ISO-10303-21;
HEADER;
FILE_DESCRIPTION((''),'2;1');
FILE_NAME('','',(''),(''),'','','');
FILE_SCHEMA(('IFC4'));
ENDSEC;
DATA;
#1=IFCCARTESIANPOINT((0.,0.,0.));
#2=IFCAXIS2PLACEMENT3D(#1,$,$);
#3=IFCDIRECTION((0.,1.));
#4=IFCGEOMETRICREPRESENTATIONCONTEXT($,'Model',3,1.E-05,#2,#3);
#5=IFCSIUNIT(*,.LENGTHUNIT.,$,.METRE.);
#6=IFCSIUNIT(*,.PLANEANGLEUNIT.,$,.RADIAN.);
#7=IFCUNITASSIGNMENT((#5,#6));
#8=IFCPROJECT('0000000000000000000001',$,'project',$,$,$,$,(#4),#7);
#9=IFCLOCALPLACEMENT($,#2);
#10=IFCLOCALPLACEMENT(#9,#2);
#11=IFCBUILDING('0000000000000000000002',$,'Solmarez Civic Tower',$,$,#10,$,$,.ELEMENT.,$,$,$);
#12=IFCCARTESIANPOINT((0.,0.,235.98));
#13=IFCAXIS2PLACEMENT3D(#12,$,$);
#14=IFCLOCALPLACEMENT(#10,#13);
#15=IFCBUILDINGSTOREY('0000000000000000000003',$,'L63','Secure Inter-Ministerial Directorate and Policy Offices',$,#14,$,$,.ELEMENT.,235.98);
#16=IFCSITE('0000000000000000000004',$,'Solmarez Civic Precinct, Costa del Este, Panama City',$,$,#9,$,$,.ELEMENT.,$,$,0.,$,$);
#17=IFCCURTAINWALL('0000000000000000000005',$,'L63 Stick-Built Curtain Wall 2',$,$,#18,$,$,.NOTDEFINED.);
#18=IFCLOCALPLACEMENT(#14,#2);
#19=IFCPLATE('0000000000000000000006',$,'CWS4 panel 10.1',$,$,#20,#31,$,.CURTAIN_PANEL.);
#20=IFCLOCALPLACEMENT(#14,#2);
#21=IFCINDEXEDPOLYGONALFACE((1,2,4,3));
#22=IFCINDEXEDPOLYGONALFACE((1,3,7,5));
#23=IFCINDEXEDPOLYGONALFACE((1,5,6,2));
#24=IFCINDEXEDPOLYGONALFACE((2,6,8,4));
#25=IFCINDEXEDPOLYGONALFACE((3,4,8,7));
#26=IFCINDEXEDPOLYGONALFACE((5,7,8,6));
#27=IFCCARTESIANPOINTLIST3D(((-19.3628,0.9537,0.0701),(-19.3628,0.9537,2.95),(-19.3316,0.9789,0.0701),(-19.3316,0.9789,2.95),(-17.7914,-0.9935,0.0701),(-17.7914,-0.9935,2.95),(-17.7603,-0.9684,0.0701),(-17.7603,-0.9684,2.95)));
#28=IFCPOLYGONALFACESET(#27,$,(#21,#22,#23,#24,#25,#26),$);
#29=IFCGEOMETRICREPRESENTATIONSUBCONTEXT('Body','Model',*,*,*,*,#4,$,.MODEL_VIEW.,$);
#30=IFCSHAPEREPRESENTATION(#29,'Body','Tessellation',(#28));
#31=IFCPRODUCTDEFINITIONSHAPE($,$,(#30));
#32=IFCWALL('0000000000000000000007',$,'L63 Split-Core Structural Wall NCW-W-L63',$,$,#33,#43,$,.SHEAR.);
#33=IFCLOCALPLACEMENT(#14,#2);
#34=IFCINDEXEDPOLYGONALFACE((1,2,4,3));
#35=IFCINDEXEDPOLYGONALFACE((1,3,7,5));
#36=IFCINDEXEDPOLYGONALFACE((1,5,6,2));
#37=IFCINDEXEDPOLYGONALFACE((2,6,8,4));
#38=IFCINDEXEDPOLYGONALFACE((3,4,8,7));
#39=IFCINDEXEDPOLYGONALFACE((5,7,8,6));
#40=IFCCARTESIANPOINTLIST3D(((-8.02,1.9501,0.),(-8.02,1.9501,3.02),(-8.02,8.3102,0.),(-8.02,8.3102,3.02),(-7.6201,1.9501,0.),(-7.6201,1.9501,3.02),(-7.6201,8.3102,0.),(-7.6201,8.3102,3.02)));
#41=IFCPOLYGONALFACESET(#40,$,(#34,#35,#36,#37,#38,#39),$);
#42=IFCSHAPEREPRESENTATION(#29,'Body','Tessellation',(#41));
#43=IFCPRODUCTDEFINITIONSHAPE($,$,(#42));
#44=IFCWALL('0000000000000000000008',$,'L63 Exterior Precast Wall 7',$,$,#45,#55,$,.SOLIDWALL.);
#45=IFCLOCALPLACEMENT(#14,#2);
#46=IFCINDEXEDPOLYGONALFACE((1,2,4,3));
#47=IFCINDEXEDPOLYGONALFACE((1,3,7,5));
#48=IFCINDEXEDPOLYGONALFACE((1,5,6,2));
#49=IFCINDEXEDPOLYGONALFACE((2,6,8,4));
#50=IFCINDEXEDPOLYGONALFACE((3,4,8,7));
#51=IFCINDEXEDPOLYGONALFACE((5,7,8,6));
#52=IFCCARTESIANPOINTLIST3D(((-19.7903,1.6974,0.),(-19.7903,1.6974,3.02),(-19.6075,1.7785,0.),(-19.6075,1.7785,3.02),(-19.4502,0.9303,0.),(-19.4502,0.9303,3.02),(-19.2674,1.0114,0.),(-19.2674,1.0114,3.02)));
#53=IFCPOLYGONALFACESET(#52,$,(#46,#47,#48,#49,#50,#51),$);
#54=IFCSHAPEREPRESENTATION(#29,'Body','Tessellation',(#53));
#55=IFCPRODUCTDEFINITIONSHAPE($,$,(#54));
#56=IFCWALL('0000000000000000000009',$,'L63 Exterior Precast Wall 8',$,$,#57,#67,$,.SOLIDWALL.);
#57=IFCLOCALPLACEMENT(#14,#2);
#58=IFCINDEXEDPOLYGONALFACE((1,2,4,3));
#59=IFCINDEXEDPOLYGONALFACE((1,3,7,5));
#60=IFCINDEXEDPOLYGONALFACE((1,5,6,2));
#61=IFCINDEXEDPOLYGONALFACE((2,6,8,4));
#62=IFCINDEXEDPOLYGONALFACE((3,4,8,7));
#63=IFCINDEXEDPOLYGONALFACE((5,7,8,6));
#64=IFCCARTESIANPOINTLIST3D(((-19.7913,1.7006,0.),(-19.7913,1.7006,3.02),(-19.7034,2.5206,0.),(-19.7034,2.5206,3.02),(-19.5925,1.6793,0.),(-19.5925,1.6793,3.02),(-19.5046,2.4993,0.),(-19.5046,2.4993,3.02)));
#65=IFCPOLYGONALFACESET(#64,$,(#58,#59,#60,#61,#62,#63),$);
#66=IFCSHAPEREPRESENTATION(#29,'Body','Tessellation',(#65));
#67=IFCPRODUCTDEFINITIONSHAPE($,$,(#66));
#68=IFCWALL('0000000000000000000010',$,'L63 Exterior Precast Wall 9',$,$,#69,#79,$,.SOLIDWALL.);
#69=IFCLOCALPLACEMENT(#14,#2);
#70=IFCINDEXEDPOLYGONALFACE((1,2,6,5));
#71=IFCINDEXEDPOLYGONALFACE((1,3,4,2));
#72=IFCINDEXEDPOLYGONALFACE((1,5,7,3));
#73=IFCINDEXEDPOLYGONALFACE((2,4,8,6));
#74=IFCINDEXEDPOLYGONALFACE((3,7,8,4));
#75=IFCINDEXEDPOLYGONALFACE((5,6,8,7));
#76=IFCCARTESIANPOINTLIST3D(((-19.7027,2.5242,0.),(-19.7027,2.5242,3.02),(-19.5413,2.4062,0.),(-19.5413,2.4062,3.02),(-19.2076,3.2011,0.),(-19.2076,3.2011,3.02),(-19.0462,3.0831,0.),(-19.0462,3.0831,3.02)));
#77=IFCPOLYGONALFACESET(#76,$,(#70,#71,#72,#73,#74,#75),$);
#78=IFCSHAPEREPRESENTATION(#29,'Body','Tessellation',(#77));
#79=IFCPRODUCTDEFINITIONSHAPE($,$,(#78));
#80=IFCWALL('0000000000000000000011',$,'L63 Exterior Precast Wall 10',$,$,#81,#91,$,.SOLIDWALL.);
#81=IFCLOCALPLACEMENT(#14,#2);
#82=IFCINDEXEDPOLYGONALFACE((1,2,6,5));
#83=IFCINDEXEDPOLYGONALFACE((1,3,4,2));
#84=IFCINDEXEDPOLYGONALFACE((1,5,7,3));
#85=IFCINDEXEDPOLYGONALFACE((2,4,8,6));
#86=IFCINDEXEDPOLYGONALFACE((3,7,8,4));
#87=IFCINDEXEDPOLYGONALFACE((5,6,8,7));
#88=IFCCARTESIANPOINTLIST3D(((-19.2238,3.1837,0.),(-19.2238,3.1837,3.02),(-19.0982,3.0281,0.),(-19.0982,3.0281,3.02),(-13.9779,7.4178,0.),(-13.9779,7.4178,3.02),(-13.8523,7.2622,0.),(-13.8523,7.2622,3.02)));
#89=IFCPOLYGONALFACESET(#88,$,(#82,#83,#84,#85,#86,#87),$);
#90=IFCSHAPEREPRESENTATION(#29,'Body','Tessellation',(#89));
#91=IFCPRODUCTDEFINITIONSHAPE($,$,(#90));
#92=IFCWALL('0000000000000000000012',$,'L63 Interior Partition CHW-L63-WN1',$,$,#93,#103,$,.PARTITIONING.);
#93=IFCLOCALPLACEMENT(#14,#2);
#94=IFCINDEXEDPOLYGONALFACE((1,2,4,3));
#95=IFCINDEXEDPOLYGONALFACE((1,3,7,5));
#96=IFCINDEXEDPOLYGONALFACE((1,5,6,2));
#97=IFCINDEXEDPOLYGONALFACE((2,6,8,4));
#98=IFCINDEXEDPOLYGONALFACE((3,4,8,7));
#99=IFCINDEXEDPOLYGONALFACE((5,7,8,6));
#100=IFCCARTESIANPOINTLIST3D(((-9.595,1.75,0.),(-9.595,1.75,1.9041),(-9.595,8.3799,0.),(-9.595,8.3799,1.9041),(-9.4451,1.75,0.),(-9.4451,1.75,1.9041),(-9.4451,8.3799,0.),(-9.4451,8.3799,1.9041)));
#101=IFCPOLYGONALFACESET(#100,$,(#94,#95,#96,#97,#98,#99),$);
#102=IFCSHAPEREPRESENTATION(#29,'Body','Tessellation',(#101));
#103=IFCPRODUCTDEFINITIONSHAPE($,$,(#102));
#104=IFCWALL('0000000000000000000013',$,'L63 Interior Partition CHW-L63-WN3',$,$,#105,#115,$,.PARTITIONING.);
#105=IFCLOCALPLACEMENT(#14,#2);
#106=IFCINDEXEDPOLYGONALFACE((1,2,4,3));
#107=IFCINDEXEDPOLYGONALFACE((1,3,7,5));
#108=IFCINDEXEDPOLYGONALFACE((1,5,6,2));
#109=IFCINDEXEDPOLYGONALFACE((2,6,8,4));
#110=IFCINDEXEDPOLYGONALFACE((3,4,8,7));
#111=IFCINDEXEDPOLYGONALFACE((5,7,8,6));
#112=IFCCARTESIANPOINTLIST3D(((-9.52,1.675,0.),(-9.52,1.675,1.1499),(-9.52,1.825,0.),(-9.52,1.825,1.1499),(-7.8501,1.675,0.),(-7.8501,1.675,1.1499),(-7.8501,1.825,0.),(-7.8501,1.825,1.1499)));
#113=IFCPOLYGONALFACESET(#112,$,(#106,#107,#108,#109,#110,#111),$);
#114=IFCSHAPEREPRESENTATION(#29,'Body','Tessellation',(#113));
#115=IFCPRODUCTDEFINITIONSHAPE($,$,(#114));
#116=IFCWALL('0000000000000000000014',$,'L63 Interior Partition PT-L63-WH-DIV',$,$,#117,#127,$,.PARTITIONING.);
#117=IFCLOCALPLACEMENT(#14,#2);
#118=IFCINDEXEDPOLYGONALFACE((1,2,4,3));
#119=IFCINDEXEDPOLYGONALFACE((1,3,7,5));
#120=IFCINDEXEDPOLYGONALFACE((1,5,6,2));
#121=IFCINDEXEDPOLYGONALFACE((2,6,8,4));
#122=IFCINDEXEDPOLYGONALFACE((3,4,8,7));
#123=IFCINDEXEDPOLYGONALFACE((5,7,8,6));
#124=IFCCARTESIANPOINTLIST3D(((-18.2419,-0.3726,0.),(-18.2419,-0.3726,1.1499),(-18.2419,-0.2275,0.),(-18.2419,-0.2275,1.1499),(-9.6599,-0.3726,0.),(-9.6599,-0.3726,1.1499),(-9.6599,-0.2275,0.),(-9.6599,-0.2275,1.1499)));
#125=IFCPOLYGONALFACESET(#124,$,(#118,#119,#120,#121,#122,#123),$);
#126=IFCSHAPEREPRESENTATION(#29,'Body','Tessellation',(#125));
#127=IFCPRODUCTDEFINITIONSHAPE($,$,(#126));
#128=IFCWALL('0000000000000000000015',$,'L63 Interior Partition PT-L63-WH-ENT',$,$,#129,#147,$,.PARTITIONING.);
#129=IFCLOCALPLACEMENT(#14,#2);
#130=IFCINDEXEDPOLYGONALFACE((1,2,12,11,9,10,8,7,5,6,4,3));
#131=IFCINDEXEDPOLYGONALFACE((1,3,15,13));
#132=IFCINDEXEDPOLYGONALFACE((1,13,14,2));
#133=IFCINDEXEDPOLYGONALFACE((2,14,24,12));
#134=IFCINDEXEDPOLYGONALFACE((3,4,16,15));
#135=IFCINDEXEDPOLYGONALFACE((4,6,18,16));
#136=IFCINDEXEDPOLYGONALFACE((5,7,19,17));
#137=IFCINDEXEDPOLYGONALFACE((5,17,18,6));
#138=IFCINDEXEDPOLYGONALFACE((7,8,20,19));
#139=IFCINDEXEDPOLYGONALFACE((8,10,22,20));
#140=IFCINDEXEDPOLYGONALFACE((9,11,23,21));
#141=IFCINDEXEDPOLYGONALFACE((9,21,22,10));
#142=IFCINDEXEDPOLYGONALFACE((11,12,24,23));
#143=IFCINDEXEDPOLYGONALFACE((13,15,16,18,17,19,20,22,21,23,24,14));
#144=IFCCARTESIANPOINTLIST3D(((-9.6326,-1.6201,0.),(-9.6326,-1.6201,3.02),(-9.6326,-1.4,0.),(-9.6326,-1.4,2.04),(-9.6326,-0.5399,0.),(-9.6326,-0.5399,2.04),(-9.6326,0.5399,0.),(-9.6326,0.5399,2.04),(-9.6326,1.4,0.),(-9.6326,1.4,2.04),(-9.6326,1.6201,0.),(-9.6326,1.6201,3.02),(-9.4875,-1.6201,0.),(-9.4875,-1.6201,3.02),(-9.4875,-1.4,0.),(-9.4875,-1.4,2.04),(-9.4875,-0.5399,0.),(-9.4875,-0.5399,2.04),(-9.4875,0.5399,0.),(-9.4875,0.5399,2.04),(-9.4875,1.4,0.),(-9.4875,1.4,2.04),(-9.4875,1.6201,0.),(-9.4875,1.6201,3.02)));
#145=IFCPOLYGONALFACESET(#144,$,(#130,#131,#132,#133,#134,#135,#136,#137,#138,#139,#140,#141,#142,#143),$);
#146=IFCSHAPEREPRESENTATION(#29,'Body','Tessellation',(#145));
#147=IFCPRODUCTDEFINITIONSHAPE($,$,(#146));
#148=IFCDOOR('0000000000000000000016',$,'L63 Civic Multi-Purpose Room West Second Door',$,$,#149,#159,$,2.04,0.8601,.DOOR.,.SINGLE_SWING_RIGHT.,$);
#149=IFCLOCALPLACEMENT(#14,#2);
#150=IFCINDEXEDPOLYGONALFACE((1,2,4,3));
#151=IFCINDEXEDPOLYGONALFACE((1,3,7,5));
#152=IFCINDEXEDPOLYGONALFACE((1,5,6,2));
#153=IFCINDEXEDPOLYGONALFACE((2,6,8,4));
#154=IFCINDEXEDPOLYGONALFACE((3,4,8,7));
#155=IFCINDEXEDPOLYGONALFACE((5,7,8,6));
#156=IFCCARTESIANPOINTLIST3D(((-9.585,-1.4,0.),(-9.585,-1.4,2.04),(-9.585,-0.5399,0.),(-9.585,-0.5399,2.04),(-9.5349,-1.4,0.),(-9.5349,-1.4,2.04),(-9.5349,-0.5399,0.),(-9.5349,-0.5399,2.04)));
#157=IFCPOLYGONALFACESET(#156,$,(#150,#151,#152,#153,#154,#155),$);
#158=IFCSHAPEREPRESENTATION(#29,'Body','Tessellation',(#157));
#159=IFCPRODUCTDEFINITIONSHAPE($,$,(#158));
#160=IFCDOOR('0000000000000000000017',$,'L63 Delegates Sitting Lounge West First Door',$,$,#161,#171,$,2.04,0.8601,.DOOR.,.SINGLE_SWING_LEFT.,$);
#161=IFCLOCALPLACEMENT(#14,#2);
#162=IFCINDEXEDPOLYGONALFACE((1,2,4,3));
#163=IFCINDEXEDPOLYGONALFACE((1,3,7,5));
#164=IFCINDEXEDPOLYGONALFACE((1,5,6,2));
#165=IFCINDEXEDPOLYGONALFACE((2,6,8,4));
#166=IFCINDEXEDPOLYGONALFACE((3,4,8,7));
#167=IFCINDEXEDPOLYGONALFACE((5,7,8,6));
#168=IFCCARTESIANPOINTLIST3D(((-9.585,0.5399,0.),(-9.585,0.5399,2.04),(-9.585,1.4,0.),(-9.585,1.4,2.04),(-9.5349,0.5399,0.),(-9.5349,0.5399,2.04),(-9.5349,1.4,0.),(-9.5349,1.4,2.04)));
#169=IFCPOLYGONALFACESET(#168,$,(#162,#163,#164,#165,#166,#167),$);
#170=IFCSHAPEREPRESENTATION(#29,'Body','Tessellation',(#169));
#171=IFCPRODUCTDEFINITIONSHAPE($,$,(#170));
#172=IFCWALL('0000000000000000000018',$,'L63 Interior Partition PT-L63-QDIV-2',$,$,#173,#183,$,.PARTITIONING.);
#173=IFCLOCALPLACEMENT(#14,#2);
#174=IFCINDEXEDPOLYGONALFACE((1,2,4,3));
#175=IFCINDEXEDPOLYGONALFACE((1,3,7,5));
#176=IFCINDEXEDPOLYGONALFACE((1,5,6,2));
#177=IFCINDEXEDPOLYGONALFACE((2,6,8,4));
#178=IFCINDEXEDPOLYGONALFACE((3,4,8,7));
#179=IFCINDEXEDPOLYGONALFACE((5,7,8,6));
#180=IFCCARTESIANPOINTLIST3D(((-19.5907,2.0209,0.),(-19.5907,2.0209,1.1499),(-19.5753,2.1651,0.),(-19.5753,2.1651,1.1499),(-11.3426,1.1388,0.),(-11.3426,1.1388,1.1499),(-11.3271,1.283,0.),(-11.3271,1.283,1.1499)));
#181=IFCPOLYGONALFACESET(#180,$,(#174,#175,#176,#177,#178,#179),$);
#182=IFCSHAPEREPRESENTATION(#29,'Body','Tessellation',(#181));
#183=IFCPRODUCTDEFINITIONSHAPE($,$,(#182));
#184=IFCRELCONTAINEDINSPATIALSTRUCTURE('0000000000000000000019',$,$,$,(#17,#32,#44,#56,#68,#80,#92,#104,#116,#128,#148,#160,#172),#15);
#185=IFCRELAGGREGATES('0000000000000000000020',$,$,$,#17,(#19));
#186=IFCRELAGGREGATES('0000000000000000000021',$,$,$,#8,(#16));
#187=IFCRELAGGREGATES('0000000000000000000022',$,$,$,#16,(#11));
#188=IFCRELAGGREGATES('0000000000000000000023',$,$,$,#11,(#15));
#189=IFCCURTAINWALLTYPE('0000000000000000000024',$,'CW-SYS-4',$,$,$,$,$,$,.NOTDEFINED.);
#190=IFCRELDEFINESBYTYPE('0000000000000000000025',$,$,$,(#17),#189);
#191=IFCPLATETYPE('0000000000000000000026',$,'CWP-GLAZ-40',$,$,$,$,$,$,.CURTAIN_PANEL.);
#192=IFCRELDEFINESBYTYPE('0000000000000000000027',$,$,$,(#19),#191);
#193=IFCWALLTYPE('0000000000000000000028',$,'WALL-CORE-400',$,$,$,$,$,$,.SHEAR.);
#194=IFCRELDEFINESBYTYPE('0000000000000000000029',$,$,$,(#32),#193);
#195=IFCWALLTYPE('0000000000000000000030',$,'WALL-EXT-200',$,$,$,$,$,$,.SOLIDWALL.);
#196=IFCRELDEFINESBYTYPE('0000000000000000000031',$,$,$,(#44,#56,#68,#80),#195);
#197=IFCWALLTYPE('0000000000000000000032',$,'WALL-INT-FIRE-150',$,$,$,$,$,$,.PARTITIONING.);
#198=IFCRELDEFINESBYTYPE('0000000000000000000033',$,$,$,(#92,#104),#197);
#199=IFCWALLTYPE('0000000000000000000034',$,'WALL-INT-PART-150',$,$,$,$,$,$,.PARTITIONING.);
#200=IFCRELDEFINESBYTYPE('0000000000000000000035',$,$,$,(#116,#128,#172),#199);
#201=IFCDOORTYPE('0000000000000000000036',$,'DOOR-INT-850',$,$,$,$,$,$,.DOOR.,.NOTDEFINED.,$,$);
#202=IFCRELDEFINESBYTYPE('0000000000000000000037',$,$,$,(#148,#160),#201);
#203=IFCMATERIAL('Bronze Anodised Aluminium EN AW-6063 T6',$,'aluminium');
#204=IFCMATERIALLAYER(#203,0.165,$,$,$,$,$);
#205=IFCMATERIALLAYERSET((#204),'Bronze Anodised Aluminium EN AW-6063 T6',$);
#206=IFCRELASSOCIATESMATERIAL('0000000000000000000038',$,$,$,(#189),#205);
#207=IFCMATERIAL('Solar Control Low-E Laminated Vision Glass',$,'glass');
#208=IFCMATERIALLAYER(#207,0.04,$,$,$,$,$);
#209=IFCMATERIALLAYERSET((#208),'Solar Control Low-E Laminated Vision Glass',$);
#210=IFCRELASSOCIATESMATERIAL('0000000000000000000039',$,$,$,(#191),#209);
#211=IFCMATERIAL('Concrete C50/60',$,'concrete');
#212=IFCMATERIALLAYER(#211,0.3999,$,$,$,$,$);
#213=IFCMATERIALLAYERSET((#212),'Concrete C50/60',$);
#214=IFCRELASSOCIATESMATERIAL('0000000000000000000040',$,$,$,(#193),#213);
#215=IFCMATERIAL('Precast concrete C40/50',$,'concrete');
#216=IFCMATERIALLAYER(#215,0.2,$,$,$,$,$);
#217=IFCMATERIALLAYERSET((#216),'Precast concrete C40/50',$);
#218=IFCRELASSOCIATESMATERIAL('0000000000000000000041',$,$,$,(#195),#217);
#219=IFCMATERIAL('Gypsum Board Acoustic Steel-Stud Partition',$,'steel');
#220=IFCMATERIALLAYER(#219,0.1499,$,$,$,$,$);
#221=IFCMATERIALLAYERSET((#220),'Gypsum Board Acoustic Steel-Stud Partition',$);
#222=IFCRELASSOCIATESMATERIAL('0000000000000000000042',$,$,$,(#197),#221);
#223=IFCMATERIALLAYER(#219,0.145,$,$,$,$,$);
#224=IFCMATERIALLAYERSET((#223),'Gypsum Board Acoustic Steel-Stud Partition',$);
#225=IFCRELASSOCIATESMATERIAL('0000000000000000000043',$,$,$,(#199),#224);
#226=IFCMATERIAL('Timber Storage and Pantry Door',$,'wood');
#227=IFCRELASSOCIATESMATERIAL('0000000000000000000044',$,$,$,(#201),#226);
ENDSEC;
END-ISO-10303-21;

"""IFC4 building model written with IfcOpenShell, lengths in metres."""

from ifc_helpers import new_model, si_unit, direction, frame, frame_2d, origin, origin_2d, place, context, subcontext, project, spatial, rectangle, extrude, material, layer, layer_set, type_object, element, fill, aggregate, save


model = new_model("IFC4")

# Units and contexts
model_context = context("Model", 3, precision=1e-05, world=origin(), true_north=direction((0.0, 1.0)))
body_context = subcontext(model_context, "Body", "Model", "MODEL_VIEW")
ifc_project = project(units=[si_unit("LENGTHUNIT", "METRE"), si_unit("PLANEANGLEUNIT", "RADIAN")], contexts=[model_context])

# Site, building, storey
site_placement = place(None, origin())
site = spatial("IfcSite", under=ifc_project, at=site_placement, Name="Solmarez Civic Precinct, Costa del Este, Panama City", CompositionType="ELEMENT", RefElevation=0.0)
building_placement = place(site_placement, origin())
building = spatial("IfcBuilding", under=site, at=building_placement, Name="Solmarez Civic Tower", CompositionType="ELEMENT")
storey_placement = place(building_placement, frame((0.0, 0.0, 235.98)))
storey = spatial("IfcBuildingStorey", under=building, at=storey_placement, Name="L63", Description="Secure Inter-Ministerial Directorate and Policy Offices", CompositionType="ELEMENT", Elevation=235.98)

# Shared definitions
ifc_material_1 = material(Name="Concrete C50/60", Category="concrete")

# Curtain wall, plate
ifc_material_2 = material(Name="Bronze Anodised Aluminium EN AW-6063 T6", Category="aluminium")
ifc_layer_1 = layer(ifc_material_2, 0.165)
ifc_layer_set_1 = layer_set([ifc_layer_1], Name="Bronze Anodised Aluminium EN AW-6063 T6")
curtain_wall_type = type_object("IfcCurtainWallType", Name="CW-SYS-4", PredefinedType="NOTDEFINED", material=ifc_layer_set_1)
curtain_wall_placement = place(storey_placement, origin())
curtain_wall = element("IfcCurtainWall", 1, at=curtain_wall_placement, inside=storey, type_object=curtain_wall_type, Name="L63 Stick-Built Curtain Wall 2", PredefinedType="NOTDEFINED")
ifc_material_3 = material(Name="Solar Control Low-E Laminated Vision Glass", Category="glass")
ifc_layer_2 = layer(ifc_material_3, 0.04)
ifc_layer_set_2 = layer_set([ifc_layer_2], Name="Solar Control Low-E Laminated Vision Glass")
plate_type = type_object("IfcPlateType", Name="CWP-GLAZ-40", PredefinedType="CURTAIN_PANEL", material=ifc_layer_set_2)
plate_placement = place(storey_placement, frame((-18.5615, -0.0073, 0.0701), z_axis=(0.0, 0.0, 1.0), x_axis=(-0.627978, 0.778231, 0.0)))
plate = element("IfcPlate", 2, at=plate_placement, type_object=plate_type, Name="CWS4 panel 10.1", PredefinedType="CURTAIN_PANEL", context=body_context, shape_type="SweptSolid", body=[
    extrude(rectangle(XDim=2.5022, YDim=0.04, at=origin_2d()), origin(), (0.0, 0.0, 1.0), 2.8799),
])
aggregate(curtain_wall, [plate])

# Walls
ifc_layer_3 = layer(ifc_material_1, 0.3999)
ifc_layer_set_3 = layer_set([ifc_layer_3], Name="Concrete C50/60")
wall_type_1 = type_object("IfcWallType", Name="WALL-CORE-400", PredefinedType="SHEAR", material=ifc_layer_set_3)
wall_1_placement = place(storey_placement, frame((-7.8201, 1.95, 0.0), z_axis=(0.0, 0.0, 1.0), x_axis=(0.0, 1.0, 0.0)))
element("IfcWall", 3, at=wall_1_placement, inside=storey, type_object=wall_type_1, Name="L63 Split-Core Structural Wall NCW-W-L63", PredefinedType="SHEAR", context=body_context, shape_type="SweptSolid", body=[
    extrude(rectangle(XDim=6.3601, YDim=0.3999, at=frame_2d((3.1802, 0.0))), origin(), (0.0, 0.0, 1.0), 3.02),
])
ifc_material_4 = material(Name="Precast concrete C40/50", Category="concrete")
ifc_layer_4 = layer(ifc_material_4, 0.2)
ifc_layer_set_4 = layer_set([ifc_layer_4], Name="Precast concrete C40/50")
wall_type_2 = type_object("IfcWallType", Name="WALL-EXT-200", PredefinedType="SOLIDWALL", material=ifc_layer_set_4)
wall_2_placement = place(storey_placement, frame((-19.3589, 0.9709, 0.0), z_axis=(0.0, 0.0, 1.0), x_axis=(-0.405301, 0.914183, 0.0)))
element("IfcWall", 4, at=wall_2_placement, inside=storey, type_object=wall_type_2, Name="L63 Exterior Precast Wall 7", PredefinedType="SOLIDWALL", context=body_context, shape_type="SweptSolid", body=[
    extrude(rectangle(XDim=0.8391, YDim=0.2, at=frame_2d((0.4194, 0.0))), origin(), (0.0, 0.0, 1.0), 3.02),
])
wall_3_placement = place(storey_placement, frame((-19.6919, 1.6899, 0.0), z_axis=(0.0, 0.0, 1.0), x_axis=(0.106564, 0.994306, 0.0)))
element("IfcWall", 5, at=wall_3_placement, inside=storey, type_object=wall_type_2, Name="L63 Exterior Precast Wall 8", PredefinedType="SOLIDWALL", context=body_context, shape_type="SweptSolid", body=[
    extrude(rectangle(XDim=0.8247, YDim=0.2, at=frame_2d((0.4124, 0.0))), origin(), (0.0, 0.0, 1.0), 3.02),
])
wall_4_placement = place(storey_placement, frame((-19.6221, 2.4651, 0.0), z_axis=(0.0, 0.0, 1.0), x_axis=(0.590316, 0.807172, 0.0)))
element("IfcWall", 6, at=wall_4_placement, inside=storey, type_object=wall_type_2, Name="L63 Exterior Precast Wall 9", PredefinedType="SOLIDWALL", context=body_context, shape_type="SweptSolid", body=[
    extrude(rectangle(XDim=0.8386, YDim=0.2, at=frame_2d((0.4194, 0.0))), origin(), (0.0, 0.0, 1.0), 3.02),
])
wall_5_placement = place(storey_placement, frame((-19.1609, 3.106, 0.0), z_axis=(0.0, 0.0, 1.0), x_axis=(0.778152, 0.628077, 0.0)))
element("IfcWall", 7, at=wall_5_placement, inside=storey, type_object=wall_type_2, Name="L63 Exterior Precast Wall 10", PredefinedType="SOLIDWALL", context=body_context, shape_type="SweptSolid", body=[
    extrude(rectangle(XDim=6.7415, YDim=0.2, at=frame_2d((3.3706, 0.0))), origin(), (0.0, 0.0, 1.0), 3.02),
])
ifc_material_5 = material(Name="Gypsum Board Acoustic Steel-Stud Partition", Category="steel")
ifc_layer_5 = layer(ifc_material_5, 0.1499)
ifc_layer_set_5 = layer_set([ifc_layer_5], Name="Gypsum Board Acoustic Steel-Stud Partition")
wall_type_3 = type_object("IfcWallType", Name="WALL-INT-FIRE-150", PredefinedType="PARTITIONING", material=ifc_layer_set_5)
wall_6_placement = place(storey_placement, frame((-9.52, 1.75, 0.0), z_axis=(0.0, 0.0, 1.0), x_axis=(0.0, 1.0, 0.0)))
element("IfcWall", 8, at=wall_6_placement, inside=storey, type_object=wall_type_3, Name="L63 Interior Partition CHW-L63-WN1", PredefinedType="PARTITIONING", context=body_context, shape_type="SweptSolid", body=[
    extrude(rectangle(XDim=6.6299, YDim=0.1499, at=frame_2d((3.3149, 0.0))), origin(), (0.0, 0.0, 1.0), 1.9041),
])
wall_7_placement = place(storey_placement, frame((-7.8501, 1.75, 0.0), z_axis=(0.0, 0.0, 1.0), x_axis=(-1.0, 0.0, 0.0)))
element("IfcWall", 9, at=wall_7_placement, inside=storey, type_object=wall_type_3, Name="L63 Interior Partition CHW-L63-WN3", PredefinedType="PARTITIONING", context=body_context, shape_type="SweptSolid", body=[
    extrude(rectangle(XDim=1.6699, YDim=0.1499, at=frame_2d((0.835, 0.0))), origin(), (0.0, 0.0, 1.0), 1.1499),
])
ifc_layer_6 = layer(ifc_material_5, 0.145)
ifc_layer_set_6 = layer_set([ifc_layer_6], Name="Gypsum Board Acoustic Steel-Stud Partition")
wall_type_4 = type_object("IfcWallType", Name="WALL-INT-PART-150", PredefinedType="PARTITIONING", material=ifc_layer_set_6)
wall_8_placement = place(storey_placement, frame((-18.2419, -0.3, 0.0), z_axis=(0.0, 0.0, 1.0), x_axis=(1.0, 0.0, 0.0)))
element("IfcWall", 10, at=wall_8_placement, inside=storey, type_object=wall_type_4, Name="L63 Interior Partition PT-L63-WH-DIV", PredefinedType="PARTITIONING", context=body_context, shape_type="SweptSolid", body=[
    extrude(rectangle(XDim=8.582, YDim=0.145, at=frame_2d((4.291, 0.0))), origin(), (0.0, 0.0, 1.0), 1.1499),
])

# Wall, openings, doors
wall_9_placement = place(storey_placement, frame((-9.5601, -1.6201, 0.0), z_axis=(0.0, 0.0, 1.0), x_axis=(0.0, 1.0, 0.0)))
wall_9 = element("IfcWall", 11, at=wall_9_placement, inside=storey, type_object=wall_type_4, Name="L63 Interior Partition PT-L63-WH-ENT", PredefinedType="PARTITIONING", context=body_context, shape_type="SweptSolid", body=[
    extrude(rectangle(XDim=3.2402, YDim=0.145, at=frame_2d((1.6201, 0.0))), origin(), (0.0, 0.0, 1.0), 3.02),
])
opening_1_placement = place(wall_9_placement, frame((0.22, 0.0, 0.0)))
opening_1 = element("IfcOpeningElement", 12, at=opening_1_placement, cuts=wall_9, PredefinedType="OPENING", context=body_context, shape_type="SweptSolid", body=[
    extrude(rectangle(XDim=0.8601, YDim=2.04, at=frame_2d((0.4302, 1.02))), frame((0.0, 0.0825, 0.0), z_axis=(0.0, -1.0, 0.0), x_axis=(1.0, 0.0, 0.0)), (0.0, 0.0, 1.0), 0.165),
])
opening_2_placement = place(wall_9_placement, frame((2.1599, 0.0, 0.0)))
opening_2 = element("IfcOpeningElement", 13, at=opening_2_placement, cuts=wall_9, PredefinedType="OPENING", context=body_context, shape_type="SweptSolid", body=[
    extrude(rectangle(XDim=0.8601, YDim=2.04, at=frame_2d((0.4302, 1.02))), frame((0.0, 0.0825, 0.0), z_axis=(0.0, -1.0, 0.0), x_axis=(1.0, 0.0, 0.0)), (0.0, 0.0, 1.0), 0.165),
])
ifc_material_6 = material(Name="Timber Storage and Pantry Door", Category="wood")
door_type_1 = type_object("IfcDoorType", Name="DOOR-INT-850", OperationType="NOTDEFINED", PredefinedType="DOOR", material=ifc_material_6)
door_1_placement = place(opening_1_placement, origin())
door_1 = element("IfcDoor", 14, at=door_1_placement, inside=storey, type_object=door_type_1, Name="L63 Civic Multi-Purpose Room West Second Door", OperationType="SINGLE_SWING_RIGHT", OverallHeight=2.04, OverallWidth=0.8601, PredefinedType="DOOR", context=body_context, shape_type="SweptSolid", body=[
    extrude(rectangle(XDim=0.8601, YDim=2.04, at=frame_2d((0.4302, 1.02))), frame((0.0, 0.0249, 0.0), z_axis=(0.0, -1.0, 0.0), x_axis=(1.0, 0.0, 0.0)), (0.0, 0.0, 1.0), 0.05),
])
fill(opening_1, door_1)
door_2_placement = place(opening_2_placement, origin())
door_2 = element("IfcDoor", 15, at=door_2_placement, inside=storey, type_object=door_type_1, Name="L63 Delegates Sitting Lounge West First Door", OperationType="SINGLE_SWING_LEFT", OverallHeight=2.04, OverallWidth=0.8601, PredefinedType="DOOR", context=body_context, shape_type="SweptSolid", body=[
    extrude(rectangle(XDim=0.8601, YDim=2.04, at=frame_2d((0.4302, 1.02))), frame((0.0, 0.0249, 0.0), z_axis=(0.0, -1.0, 0.0), x_axis=(1.0, 0.0, 0.0)), (0.0, 0.0, 1.0), 0.05),
])
fill(opening_2, door_2)

# Wall
wall_10_placement = place(storey_placement, frame((-11.335, 1.2109, 0.0), z_axis=(0.0, 0.0, 1.0), x_axis=(-0.99433, 0.106338, 0.0)))
element("IfcWall", 16, at=wall_10_placement, inside=storey, type_object=wall_type_4, Name="L63 Interior Partition PT-L63-QDIV-2", PredefinedType="PARTITIONING", context=body_context, shape_type="SweptSolid", body=[
    extrude(rectangle(XDim=8.2952, YDim=0.145, at=frame_2d((4.1475, 0.0))), origin(), (0.0, 0.0, 1.0), 1.1499),
])

save(model, "model.ifc")
